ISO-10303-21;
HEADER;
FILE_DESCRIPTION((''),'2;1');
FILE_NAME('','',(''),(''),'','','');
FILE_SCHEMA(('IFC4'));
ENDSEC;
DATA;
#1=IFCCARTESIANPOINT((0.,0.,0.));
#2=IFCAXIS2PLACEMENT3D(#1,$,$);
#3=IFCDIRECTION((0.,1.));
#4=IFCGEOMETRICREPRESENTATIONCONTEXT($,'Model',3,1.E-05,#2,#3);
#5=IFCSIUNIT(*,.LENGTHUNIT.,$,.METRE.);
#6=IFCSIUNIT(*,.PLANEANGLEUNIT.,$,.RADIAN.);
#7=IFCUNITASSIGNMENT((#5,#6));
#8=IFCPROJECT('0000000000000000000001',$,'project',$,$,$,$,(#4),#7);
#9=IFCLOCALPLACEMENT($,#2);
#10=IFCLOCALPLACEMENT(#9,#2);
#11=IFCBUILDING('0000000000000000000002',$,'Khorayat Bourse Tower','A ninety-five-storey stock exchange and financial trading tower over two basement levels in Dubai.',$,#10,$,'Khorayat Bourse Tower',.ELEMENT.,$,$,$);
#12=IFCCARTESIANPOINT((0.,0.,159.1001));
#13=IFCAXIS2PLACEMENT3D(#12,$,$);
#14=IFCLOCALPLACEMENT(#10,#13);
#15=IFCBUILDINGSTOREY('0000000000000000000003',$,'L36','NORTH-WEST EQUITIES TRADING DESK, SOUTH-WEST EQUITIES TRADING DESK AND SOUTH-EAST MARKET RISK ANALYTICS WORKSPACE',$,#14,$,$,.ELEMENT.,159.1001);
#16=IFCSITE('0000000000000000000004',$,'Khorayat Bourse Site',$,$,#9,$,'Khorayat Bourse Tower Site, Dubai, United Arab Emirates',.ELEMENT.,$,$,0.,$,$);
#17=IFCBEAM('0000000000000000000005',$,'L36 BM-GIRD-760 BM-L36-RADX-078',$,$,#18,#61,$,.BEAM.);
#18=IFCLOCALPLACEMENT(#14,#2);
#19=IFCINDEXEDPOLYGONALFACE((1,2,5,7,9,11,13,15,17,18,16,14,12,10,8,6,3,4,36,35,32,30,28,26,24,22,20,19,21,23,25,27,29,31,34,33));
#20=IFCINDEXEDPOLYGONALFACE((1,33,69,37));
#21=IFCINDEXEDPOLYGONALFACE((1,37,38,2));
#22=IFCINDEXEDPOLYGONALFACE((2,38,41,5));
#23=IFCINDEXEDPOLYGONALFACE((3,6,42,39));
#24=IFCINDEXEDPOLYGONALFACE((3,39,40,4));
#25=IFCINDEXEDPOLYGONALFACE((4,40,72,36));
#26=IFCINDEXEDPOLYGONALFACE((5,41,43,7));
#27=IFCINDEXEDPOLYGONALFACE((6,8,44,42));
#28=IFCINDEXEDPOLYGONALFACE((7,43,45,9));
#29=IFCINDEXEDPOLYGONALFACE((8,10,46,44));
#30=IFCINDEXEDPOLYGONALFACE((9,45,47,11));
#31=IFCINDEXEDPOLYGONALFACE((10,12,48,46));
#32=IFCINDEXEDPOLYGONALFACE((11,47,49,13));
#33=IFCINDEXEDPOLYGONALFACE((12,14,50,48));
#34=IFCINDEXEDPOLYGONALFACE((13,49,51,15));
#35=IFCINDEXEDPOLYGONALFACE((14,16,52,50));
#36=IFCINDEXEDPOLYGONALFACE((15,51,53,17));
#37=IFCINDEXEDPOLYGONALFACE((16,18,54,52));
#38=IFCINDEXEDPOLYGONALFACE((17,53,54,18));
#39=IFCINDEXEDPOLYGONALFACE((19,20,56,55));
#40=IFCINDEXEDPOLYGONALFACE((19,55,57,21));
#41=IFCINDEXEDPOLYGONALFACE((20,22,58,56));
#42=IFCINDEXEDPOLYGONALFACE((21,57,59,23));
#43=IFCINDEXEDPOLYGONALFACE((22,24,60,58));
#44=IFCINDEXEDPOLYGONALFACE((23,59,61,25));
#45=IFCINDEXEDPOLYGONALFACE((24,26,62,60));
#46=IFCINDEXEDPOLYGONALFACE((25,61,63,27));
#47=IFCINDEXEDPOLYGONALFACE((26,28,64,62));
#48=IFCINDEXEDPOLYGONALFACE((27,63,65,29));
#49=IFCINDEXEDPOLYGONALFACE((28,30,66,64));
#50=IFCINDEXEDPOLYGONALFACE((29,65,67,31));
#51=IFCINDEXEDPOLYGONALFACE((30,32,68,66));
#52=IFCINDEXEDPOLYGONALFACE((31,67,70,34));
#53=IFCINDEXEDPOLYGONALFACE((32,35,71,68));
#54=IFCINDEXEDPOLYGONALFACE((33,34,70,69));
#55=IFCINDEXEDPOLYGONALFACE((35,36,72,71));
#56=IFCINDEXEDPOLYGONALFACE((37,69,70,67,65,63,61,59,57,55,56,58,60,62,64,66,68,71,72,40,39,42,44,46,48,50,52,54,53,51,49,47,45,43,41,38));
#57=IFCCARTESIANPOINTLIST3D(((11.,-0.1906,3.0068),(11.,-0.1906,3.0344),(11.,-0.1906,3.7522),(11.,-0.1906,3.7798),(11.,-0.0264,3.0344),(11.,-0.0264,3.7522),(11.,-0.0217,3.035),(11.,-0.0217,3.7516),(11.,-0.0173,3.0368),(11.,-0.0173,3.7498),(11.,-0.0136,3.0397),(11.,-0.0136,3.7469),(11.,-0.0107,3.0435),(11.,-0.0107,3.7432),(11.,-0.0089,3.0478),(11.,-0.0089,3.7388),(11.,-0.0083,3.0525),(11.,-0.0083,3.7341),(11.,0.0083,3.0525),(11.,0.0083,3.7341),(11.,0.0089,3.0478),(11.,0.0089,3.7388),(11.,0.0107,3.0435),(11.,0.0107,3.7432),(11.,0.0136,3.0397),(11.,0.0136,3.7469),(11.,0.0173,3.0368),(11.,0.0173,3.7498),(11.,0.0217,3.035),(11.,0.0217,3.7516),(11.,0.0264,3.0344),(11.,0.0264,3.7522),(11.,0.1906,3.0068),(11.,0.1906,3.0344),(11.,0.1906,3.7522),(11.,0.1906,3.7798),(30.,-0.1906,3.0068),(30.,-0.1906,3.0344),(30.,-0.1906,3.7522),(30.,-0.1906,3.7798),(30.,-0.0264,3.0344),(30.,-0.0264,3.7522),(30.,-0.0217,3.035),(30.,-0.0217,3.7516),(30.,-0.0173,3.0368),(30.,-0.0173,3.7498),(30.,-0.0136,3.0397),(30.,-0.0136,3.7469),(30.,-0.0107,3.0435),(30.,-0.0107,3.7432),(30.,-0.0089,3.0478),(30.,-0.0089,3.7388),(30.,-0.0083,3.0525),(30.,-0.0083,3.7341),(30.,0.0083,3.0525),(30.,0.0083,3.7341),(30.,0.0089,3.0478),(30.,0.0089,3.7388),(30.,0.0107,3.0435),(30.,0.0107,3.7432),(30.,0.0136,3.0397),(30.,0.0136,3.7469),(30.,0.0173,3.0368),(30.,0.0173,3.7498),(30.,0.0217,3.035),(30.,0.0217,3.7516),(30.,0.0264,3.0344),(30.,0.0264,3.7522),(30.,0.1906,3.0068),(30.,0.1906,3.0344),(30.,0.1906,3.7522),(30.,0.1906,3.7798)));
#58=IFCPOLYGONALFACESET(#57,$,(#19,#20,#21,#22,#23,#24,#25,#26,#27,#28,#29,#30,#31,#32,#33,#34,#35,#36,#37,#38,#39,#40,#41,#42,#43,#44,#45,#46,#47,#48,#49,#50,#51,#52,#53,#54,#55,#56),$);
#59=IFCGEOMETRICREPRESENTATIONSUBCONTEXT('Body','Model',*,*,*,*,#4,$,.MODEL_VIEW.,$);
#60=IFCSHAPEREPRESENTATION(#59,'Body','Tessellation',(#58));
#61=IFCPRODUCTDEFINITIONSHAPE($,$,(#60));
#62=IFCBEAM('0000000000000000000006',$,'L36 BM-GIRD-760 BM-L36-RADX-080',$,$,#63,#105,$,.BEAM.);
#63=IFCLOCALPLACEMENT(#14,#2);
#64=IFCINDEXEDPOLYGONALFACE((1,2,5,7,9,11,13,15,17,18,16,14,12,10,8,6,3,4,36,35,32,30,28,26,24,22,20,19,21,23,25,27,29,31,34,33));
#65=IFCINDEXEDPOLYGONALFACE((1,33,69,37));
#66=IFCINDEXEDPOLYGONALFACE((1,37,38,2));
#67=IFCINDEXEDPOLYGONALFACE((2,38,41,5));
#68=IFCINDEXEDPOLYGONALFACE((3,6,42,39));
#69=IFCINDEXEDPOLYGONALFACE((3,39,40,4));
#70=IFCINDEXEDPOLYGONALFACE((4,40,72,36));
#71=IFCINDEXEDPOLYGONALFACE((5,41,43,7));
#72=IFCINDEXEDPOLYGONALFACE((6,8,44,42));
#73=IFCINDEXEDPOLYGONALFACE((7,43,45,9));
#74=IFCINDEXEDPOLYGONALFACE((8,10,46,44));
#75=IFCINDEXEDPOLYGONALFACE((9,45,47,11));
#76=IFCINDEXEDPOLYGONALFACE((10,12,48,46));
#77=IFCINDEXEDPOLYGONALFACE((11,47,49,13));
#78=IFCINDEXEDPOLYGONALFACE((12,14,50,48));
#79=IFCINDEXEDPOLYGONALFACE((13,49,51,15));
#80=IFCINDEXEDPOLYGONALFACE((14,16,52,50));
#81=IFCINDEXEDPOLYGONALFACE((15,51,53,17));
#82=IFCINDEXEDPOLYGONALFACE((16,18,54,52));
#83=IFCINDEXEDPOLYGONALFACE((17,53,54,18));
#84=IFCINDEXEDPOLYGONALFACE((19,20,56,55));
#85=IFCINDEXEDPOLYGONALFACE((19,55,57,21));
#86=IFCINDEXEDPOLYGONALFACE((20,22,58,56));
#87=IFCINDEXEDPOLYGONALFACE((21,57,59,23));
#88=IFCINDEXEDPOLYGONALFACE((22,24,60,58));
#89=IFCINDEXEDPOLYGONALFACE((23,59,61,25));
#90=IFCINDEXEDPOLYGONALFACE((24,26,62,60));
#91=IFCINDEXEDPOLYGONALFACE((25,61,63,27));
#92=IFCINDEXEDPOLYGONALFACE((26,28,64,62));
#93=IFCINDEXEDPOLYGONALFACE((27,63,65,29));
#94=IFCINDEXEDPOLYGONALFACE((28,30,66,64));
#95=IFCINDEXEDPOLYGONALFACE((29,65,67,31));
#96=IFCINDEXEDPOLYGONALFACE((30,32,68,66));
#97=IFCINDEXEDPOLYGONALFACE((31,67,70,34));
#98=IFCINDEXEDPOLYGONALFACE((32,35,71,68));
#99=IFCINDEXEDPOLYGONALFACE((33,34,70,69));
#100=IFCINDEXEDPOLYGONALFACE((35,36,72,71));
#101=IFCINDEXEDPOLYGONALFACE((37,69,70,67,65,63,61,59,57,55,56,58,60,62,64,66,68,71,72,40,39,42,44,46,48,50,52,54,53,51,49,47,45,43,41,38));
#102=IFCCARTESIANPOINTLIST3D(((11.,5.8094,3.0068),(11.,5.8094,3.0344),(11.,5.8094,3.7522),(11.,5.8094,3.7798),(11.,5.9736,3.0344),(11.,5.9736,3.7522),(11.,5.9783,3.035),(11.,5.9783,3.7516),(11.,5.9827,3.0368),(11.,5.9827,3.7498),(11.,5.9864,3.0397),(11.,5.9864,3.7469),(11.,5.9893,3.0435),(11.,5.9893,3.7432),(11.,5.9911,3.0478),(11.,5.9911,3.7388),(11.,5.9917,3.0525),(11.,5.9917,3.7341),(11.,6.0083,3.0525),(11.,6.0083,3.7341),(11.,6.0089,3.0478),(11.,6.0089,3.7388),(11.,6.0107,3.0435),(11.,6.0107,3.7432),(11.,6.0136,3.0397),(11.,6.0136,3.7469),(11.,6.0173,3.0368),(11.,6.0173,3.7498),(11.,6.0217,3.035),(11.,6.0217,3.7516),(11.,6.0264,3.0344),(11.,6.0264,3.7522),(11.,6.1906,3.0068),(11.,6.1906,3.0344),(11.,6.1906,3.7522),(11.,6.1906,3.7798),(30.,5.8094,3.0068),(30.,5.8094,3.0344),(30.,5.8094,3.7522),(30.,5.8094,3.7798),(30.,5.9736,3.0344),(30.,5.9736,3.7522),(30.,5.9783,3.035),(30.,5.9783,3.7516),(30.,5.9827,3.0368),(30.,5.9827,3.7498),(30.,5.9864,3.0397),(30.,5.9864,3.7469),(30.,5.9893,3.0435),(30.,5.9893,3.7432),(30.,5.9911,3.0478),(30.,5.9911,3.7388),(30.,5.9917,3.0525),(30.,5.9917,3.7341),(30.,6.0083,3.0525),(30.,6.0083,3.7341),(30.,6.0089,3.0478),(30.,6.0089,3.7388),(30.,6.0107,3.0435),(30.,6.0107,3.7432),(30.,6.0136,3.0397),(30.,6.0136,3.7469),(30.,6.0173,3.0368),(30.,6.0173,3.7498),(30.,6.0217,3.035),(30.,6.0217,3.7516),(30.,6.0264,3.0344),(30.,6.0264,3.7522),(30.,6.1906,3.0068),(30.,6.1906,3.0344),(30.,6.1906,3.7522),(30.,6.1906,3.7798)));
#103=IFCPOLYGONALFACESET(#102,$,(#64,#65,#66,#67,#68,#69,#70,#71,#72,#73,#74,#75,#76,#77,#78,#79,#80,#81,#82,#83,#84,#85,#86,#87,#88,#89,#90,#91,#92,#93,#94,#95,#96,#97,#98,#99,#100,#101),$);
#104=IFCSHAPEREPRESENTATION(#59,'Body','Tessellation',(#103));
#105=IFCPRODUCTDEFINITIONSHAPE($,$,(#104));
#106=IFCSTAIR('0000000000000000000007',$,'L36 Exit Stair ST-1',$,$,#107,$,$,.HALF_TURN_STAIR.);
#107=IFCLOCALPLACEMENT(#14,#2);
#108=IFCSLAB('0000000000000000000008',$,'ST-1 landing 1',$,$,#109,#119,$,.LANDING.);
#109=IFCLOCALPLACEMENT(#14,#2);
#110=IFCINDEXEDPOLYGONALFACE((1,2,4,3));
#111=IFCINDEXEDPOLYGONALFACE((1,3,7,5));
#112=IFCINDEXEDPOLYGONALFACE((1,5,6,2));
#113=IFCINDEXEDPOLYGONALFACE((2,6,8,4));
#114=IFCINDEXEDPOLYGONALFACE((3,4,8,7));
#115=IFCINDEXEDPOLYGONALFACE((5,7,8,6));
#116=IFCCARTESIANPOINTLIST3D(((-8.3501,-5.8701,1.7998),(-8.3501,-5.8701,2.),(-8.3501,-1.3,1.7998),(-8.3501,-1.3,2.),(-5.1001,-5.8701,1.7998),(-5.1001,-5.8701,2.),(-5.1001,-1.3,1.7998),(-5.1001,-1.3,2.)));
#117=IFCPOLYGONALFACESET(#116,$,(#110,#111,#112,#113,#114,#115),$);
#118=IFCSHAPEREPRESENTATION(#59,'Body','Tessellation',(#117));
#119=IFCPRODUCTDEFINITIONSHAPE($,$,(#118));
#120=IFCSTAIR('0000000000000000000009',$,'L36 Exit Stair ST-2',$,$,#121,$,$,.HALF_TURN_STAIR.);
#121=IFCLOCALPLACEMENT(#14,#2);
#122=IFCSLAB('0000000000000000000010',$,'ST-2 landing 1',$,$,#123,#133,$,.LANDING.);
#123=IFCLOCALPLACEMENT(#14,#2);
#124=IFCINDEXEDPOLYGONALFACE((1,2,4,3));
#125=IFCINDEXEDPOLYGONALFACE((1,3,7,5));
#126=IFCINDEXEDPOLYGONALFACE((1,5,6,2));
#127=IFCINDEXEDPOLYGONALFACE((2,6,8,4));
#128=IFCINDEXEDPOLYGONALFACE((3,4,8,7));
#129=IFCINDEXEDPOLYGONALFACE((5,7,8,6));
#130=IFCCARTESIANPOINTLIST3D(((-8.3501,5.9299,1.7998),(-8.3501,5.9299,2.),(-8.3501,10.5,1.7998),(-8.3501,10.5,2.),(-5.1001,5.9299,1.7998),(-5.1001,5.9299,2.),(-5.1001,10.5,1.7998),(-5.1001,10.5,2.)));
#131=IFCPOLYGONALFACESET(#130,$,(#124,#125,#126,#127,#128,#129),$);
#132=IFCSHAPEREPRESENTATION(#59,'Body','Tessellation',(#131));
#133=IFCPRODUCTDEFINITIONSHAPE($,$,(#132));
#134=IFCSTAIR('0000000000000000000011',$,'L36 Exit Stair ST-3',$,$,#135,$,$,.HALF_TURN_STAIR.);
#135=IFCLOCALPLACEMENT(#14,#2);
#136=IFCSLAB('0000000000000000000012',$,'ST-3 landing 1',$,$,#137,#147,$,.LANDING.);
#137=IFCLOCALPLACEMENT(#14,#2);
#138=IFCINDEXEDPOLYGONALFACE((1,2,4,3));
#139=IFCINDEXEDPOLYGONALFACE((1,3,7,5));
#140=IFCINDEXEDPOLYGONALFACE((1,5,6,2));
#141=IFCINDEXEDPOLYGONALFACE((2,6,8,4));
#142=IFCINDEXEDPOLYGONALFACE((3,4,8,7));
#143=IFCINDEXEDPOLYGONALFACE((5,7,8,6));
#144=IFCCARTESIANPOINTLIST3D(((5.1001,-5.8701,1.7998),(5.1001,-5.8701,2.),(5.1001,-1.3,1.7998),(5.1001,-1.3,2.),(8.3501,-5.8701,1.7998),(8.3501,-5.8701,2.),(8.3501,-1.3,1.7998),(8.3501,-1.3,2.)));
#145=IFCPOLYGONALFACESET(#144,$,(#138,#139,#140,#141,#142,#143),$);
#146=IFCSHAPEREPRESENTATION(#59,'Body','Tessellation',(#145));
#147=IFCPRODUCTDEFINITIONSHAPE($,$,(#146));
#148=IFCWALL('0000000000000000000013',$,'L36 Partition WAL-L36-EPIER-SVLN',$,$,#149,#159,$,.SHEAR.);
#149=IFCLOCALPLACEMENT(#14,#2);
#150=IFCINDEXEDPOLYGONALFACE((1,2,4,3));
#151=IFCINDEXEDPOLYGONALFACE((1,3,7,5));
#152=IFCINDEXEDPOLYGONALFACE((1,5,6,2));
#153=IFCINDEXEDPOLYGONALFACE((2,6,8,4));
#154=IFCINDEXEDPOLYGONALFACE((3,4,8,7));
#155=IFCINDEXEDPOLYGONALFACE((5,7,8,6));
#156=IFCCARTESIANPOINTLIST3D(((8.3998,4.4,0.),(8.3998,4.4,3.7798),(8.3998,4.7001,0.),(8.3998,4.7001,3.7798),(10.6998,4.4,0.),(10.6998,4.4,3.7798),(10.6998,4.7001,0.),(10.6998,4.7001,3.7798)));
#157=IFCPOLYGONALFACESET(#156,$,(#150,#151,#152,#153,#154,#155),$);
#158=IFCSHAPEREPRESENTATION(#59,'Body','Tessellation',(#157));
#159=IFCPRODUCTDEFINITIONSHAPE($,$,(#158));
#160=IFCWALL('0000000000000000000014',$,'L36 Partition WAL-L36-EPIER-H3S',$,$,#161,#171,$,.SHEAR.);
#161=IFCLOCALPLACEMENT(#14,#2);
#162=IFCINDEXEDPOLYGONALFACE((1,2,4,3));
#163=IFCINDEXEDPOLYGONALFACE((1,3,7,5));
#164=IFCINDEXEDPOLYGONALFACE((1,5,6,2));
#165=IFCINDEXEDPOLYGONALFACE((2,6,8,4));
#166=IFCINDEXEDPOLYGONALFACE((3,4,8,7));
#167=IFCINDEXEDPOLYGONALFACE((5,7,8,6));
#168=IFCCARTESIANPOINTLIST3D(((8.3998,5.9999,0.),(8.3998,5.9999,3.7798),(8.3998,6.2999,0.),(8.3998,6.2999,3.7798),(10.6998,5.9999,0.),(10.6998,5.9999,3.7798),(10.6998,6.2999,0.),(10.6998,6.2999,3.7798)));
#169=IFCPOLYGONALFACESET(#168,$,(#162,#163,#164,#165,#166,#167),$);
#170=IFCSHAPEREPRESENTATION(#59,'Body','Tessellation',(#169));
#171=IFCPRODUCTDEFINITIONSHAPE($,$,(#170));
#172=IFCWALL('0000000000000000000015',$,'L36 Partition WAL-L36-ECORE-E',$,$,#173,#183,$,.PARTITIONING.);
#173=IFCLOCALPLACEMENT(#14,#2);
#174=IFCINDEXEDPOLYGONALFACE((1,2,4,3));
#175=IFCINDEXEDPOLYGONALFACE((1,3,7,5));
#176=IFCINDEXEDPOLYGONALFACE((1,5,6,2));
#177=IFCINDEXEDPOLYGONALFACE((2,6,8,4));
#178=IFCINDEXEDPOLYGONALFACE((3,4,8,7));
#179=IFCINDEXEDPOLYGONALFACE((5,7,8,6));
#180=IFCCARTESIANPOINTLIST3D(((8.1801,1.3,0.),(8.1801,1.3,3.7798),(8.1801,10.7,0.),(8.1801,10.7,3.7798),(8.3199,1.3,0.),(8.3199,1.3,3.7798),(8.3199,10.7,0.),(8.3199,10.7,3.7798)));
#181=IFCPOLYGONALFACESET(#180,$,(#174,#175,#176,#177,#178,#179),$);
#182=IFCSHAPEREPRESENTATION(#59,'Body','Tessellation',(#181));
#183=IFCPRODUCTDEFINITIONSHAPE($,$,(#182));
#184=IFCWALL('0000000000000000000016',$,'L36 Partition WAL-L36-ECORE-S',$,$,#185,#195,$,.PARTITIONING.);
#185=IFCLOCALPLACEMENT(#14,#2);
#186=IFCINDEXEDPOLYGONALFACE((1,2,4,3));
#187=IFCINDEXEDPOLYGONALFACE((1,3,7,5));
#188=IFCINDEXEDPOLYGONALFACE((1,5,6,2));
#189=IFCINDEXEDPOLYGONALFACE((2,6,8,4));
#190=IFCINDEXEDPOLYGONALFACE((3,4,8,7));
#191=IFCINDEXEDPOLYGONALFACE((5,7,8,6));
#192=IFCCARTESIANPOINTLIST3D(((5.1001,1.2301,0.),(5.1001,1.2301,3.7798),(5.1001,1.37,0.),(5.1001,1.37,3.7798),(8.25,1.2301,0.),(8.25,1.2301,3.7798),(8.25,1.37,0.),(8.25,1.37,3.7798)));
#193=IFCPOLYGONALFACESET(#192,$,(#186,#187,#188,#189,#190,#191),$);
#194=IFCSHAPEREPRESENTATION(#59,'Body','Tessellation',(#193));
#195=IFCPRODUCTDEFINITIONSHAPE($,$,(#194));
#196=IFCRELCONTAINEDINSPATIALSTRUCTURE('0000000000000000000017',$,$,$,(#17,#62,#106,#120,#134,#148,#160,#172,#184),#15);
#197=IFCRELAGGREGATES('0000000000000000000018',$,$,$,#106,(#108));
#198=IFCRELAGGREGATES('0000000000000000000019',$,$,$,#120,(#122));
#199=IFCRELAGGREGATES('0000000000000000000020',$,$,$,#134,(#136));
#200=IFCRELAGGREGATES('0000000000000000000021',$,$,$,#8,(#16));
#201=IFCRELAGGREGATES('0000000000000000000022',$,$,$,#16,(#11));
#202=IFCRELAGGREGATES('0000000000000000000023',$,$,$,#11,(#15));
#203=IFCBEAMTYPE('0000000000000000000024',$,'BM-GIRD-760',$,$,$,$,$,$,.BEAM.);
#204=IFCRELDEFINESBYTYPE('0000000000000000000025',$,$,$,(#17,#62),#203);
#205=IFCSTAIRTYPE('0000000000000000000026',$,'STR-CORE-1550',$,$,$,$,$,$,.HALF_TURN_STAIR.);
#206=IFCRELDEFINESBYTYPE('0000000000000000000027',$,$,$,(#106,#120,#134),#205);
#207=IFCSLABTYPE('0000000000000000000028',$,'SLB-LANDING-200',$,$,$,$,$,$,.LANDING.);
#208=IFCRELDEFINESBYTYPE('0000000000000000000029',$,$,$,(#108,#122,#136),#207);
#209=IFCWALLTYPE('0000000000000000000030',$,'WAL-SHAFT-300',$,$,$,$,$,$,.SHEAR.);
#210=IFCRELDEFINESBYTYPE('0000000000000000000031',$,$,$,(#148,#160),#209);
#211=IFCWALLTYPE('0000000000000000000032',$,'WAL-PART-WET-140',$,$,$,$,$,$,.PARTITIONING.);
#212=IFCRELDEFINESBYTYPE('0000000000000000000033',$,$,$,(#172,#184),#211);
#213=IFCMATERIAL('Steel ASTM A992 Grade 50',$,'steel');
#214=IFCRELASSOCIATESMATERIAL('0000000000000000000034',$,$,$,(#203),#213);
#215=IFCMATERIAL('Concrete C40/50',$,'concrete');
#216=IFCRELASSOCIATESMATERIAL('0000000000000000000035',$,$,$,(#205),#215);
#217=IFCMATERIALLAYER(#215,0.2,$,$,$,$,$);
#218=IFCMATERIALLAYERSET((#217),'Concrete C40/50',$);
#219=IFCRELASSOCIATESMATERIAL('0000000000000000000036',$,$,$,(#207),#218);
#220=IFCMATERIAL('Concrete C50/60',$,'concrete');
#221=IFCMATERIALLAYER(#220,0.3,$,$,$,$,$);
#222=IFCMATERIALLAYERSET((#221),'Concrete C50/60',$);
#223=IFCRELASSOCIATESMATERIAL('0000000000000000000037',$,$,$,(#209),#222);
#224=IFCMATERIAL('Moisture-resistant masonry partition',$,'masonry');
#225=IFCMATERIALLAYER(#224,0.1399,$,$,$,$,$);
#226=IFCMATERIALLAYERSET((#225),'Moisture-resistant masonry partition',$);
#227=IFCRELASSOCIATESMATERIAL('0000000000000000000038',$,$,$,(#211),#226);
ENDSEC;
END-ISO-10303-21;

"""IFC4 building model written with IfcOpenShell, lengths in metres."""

from ifc_helpers import new_model, si_unit, direction, frame, frame_2d, origin, origin_2d, place, context, subcontext, project, spatial, polyline, rectangle, i_section, outline, extrude, source, transform, mapped, material, layer, layer_set, material_profile, profile_set, type_object, element, aggregate, save


model = new_model("IFC4")

# Units and contexts
model_context = context("Model", 3, precision=1e-05, world=origin(), true_north=direction((0.0, 1.0)))
body_context = subcontext(model_context, "Body", "Model", "MODEL_VIEW")
ifc_project = project(units=[si_unit("LENGTHUNIT", "METRE"), si_unit("PLANEANGLEUNIT", "RADIAN")], contexts=[model_context])

# Site, building, storey
site_placement = place(None, origin())
site = spatial("IfcSite", under=ifc_project, at=site_placement, Name="Khorayat Bourse Site", LongName="Khorayat Bourse Tower Site, Dubai, United Arab Emirates", CompositionType="ELEMENT", RefElevation=0.0)
building_placement = place(site_placement, origin())
building = spatial("IfcBuilding", under=site, at=building_placement, Name="Khorayat Bourse Tower", Description="A ninety-five-storey stock exchange and financial trading tower over two basement levels in Dubai.", LongName="Khorayat Bourse Tower", CompositionType="ELEMENT")
storey_placement = place(building_placement, frame((0.0, 0.0, 159.1001)))
storey = spatial("IfcBuildingStorey", under=building, at=storey_placement, Name="L36", Description="NORTH-WEST EQUITIES TRADING DESK, SOUTH-WEST EQUITIES TRADING DESK AND SOUTH-EAST MARKET RISK ANALYTICS WORKSPACE", CompositionType="ELEMENT", Elevation=159.1001)

# Beams
ifc_material_1 = material(Name="Steel ASTM A992 Grade 50", Category="steel")
ifc_material_profile_1 = material_profile(ifc_material_1, i_section(OverallWidth=0.3811, OverallDepth=0.7729, WebThickness=0.0166, FlangeThickness=0.0276, FilletRadius=0.0181, at=origin_2d()), Name="W760X257")
ifc_profile_set_1 = profile_set([ifc_material_profile_1], Name="Steel ASTM A992 Grade 50")
beam_type_1 = type_object("IfcBeamType", Name="BM-GIRD-760", PredefinedType="BEAM", material=ifc_profile_set_1)
shared_shape_1 = source(origin(), body_context, "Body", "SweptSolid", [
    extrude(i_section(OverallWidth=0.3811, OverallDepth=0.7729, WebThickness=0.0166, FlangeThickness=0.0276, FilletRadius=0.0181, at=origin_2d()), origin(), (0.0, 0.0, 1.0), 19.0),
])
for number, where, z_axis, x_axis, name in (
    (1, (11.0, 0.0, 3.3933), (1.0, 0.0, 0.0), (0.0, 1.0, 0.0), "L36 BM-GIRD-760 BM-L36-RADX-078"),
    (2, (11.0, 6.0, 3.3933), (1.0, 0.0, 0.0), (0.0, 1.0, 0.0), "L36 BM-GIRD-760 BM-L36-RADX-080"),
):
    element("IfcBeam", number, at=place(storey_placement, frame(where, z_axis=z_axis, x_axis=x_axis)), inside=storey, type_object=beam_type_1, Name=name, PredefinedType="BEAM", context=body_context, shape_type="MappedRepresentation", body=[
        mapped(shared_shape_1, transform((0.0, 0.0, 0.0), scale=1.0)),
    ])

# Stairs, slabs
ifc_material_2 = material(Name="Concrete C40/50", Category="concrete")
stair_type = type_object("IfcStairType", Name="STR-CORE-1550", PredefinedType="HALF_TURN_STAIR", material=ifc_material_2)
stair_1_placement = place(storey_placement, origin())
stair_1 = element("IfcStair", 3, at=stair_1_placement, inside=storey, type_object=stair_type, Name="L36 Exit Stair ST-1", PredefinedType="HALF_TURN_STAIR")
ifc_layer_1 = layer(ifc_material_2, 0.2)
ifc_layer_set_1 = layer_set([ifc_layer_1], Name="Concrete C40/50")
slab_type = type_object("IfcSlabType", Name="SLB-LANDING-200", PredefinedType="LANDING", material=ifc_layer_set_1)
slab_1_placement = place(storey_placement, frame((0.0, 0.0, 1.7998)))
slab_1 = element("IfcSlab", 4, at=slab_1_placement, type_object=slab_type, Name="ST-1 landing 1", PredefinedType="LANDING", context=body_context, shape_type="SweptSolid", body=[
    extrude(outline(polyline([(-5.1001, -5.8701), (-5.1001, -1.3), (-8.3501, -1.3), (-8.3501, -5.8701), (-5.1001, -5.8701)])), origin(), (0.0, 0.0, 1.0), 0.2002),
])
aggregate(stair_1, [slab_1])
stair_2_placement = place(storey_placement, origin())
stair_2 = element("IfcStair", 5, at=stair_2_placement, inside=storey, type_object=stair_type, Name="L36 Exit Stair ST-2", PredefinedType="HALF_TURN_STAIR")
slab_2_placement = place(storey_placement, frame((0.0, 0.0, 1.7998)))
slab_2 = element("IfcSlab", 6, at=slab_2_placement, type_object=slab_type, Name="ST-2 landing 1", PredefinedType="LANDING", context=body_context, shape_type="SweptSolid", body=[
    extrude(outline(polyline([(-5.1001, 5.9299), (-5.1001, 10.5), (-8.3501, 10.5), (-8.3501, 5.9299), (-5.1001, 5.9299)])), origin(), (0.0, 0.0, 1.0), 0.2002),
])
aggregate(stair_2, [slab_2])
stair_3_placement = place(storey_placement, origin())
stair_3 = element("IfcStair", 7, at=stair_3_placement, inside=storey, type_object=stair_type, Name="L36 Exit Stair ST-3", PredefinedType="HALF_TURN_STAIR")
slab_3_placement = place(storey_placement, frame((0.0, 0.0, 1.7998)))
slab_3 = element("IfcSlab", 8, at=slab_3_placement, type_object=slab_type, Name="ST-3 landing 1", PredefinedType="LANDING", context=body_context, shape_type="SweptSolid", body=[
    extrude(outline(polyline([(8.3501, -5.8701), (8.3501, -1.3), (5.1001, -1.3), (5.1001, -5.8701), (8.3501, -5.8701)])), origin(), (0.0, 0.0, 1.0), 0.2002),
])
aggregate(stair_3, [slab_3])

# Walls
ifc_material_3 = material(Name="Concrete C50/60", Category="concrete")
ifc_layer_2 = layer(ifc_material_3, 0.3)
ifc_layer_set_2 = layer_set([ifc_layer_2], Name="Concrete C50/60")
wall_type_1 = type_object("IfcWallType", Name="WAL-SHAFT-300", PredefinedType="SHEAR", material=ifc_layer_set_2)
shared_shape_2 = source(origin(), body_context, "Body", "SweptSolid", [
    extrude(rectangle(XDim=2.3, YDim=0.3, at=frame_2d((1.1499, 0.0))), origin(), (0.0, 0.0, 1.0), 3.7798),
])
for number, where, z_axis, x_axis, name in (
    (9, (8.3999, 4.55, 0.0), (0.0, 0.0, 1.0), (1.0, 0.0, 0.0), "L36 Partition WAL-L36-EPIER-SVLN"),
    (10, (8.3999, 6.1499, 0.0), (0.0, 0.0, 1.0), (1.0, 0.0, 0.0), "L36 Partition WAL-L36-EPIER-H3S"),
):
    element("IfcWall", number, at=place(storey_placement, frame(where, z_axis=z_axis, x_axis=x_axis)), inside=storey, type_object=wall_type_1, Name=name, PredefinedType="SHEAR", context=body_context, shape_type="MappedRepresentation", body=[
        mapped(shared_shape_2, transform((0.0, 0.0, 0.0), scale=1.0)),
    ])
ifc_material_4 = material(Name="Moisture-resistant masonry partition", Category="masonry")
ifc_layer_3 = layer(ifc_material_4, 0.1399)
ifc_layer_set_3 = layer_set([ifc_layer_3], Name="Moisture-resistant masonry partition")
wall_type_2 = type_object("IfcWallType", Name="WAL-PART-WET-140", PredefinedType="PARTITIONING", material=ifc_layer_set_3)
shared_shape_3 = source(origin(), body_context, "Body", "SweptSolid", [
    extrude(rectangle(XDim=9.3999, YDim=0.1399, at=frame_2d((4.7, 0.0))), origin(), (0.0, 0.0, 1.0), 3.7798),
])
wall_1_placement = place(storey_placement, frame((8.25, 1.3, 0.0), z_axis=(0.0, 0.0, 1.0), x_axis=(0.0, 1.0, 0.0)))
element("IfcWall", 11, at=wall_1_placement, inside=storey, type_object=wall_type_2, Name="L36 Partition WAL-L36-ECORE-E", PredefinedType="PARTITIONING", context=body_context, shape_type="MappedRepresentation", body=[
    mapped(shared_shape_3, transform((0.0, 0.0, 0.0), scale=1.0)),
])
shared_shape_4 = source(origin(), body_context, "Body", "SweptSolid", [
    extrude(rectangle(XDim=3.1499, YDim=0.1399, at=frame_2d((1.575, 0.0))), origin(), (0.0, 0.0, 1.0), 3.7798),
])
wall_2_placement = place(storey_placement, frame((5.1001, 1.3, 0.0), z_axis=(0.0, 0.0, 1.0), x_axis=(1.0, 0.0, 0.0)))
element("IfcWall", 12, at=wall_2_placement, inside=storey, type_object=wall_type_2, Name="L36 Partition WAL-L36-ECORE-S", PredefinedType="PARTITIONING", context=body_context, shape_type="MappedRepresentation", body=[
    mapped(shared_shape_4, transform((0.0, 0.0, 0.0), scale=1.0)),
])

save(model, "model.ifc")
